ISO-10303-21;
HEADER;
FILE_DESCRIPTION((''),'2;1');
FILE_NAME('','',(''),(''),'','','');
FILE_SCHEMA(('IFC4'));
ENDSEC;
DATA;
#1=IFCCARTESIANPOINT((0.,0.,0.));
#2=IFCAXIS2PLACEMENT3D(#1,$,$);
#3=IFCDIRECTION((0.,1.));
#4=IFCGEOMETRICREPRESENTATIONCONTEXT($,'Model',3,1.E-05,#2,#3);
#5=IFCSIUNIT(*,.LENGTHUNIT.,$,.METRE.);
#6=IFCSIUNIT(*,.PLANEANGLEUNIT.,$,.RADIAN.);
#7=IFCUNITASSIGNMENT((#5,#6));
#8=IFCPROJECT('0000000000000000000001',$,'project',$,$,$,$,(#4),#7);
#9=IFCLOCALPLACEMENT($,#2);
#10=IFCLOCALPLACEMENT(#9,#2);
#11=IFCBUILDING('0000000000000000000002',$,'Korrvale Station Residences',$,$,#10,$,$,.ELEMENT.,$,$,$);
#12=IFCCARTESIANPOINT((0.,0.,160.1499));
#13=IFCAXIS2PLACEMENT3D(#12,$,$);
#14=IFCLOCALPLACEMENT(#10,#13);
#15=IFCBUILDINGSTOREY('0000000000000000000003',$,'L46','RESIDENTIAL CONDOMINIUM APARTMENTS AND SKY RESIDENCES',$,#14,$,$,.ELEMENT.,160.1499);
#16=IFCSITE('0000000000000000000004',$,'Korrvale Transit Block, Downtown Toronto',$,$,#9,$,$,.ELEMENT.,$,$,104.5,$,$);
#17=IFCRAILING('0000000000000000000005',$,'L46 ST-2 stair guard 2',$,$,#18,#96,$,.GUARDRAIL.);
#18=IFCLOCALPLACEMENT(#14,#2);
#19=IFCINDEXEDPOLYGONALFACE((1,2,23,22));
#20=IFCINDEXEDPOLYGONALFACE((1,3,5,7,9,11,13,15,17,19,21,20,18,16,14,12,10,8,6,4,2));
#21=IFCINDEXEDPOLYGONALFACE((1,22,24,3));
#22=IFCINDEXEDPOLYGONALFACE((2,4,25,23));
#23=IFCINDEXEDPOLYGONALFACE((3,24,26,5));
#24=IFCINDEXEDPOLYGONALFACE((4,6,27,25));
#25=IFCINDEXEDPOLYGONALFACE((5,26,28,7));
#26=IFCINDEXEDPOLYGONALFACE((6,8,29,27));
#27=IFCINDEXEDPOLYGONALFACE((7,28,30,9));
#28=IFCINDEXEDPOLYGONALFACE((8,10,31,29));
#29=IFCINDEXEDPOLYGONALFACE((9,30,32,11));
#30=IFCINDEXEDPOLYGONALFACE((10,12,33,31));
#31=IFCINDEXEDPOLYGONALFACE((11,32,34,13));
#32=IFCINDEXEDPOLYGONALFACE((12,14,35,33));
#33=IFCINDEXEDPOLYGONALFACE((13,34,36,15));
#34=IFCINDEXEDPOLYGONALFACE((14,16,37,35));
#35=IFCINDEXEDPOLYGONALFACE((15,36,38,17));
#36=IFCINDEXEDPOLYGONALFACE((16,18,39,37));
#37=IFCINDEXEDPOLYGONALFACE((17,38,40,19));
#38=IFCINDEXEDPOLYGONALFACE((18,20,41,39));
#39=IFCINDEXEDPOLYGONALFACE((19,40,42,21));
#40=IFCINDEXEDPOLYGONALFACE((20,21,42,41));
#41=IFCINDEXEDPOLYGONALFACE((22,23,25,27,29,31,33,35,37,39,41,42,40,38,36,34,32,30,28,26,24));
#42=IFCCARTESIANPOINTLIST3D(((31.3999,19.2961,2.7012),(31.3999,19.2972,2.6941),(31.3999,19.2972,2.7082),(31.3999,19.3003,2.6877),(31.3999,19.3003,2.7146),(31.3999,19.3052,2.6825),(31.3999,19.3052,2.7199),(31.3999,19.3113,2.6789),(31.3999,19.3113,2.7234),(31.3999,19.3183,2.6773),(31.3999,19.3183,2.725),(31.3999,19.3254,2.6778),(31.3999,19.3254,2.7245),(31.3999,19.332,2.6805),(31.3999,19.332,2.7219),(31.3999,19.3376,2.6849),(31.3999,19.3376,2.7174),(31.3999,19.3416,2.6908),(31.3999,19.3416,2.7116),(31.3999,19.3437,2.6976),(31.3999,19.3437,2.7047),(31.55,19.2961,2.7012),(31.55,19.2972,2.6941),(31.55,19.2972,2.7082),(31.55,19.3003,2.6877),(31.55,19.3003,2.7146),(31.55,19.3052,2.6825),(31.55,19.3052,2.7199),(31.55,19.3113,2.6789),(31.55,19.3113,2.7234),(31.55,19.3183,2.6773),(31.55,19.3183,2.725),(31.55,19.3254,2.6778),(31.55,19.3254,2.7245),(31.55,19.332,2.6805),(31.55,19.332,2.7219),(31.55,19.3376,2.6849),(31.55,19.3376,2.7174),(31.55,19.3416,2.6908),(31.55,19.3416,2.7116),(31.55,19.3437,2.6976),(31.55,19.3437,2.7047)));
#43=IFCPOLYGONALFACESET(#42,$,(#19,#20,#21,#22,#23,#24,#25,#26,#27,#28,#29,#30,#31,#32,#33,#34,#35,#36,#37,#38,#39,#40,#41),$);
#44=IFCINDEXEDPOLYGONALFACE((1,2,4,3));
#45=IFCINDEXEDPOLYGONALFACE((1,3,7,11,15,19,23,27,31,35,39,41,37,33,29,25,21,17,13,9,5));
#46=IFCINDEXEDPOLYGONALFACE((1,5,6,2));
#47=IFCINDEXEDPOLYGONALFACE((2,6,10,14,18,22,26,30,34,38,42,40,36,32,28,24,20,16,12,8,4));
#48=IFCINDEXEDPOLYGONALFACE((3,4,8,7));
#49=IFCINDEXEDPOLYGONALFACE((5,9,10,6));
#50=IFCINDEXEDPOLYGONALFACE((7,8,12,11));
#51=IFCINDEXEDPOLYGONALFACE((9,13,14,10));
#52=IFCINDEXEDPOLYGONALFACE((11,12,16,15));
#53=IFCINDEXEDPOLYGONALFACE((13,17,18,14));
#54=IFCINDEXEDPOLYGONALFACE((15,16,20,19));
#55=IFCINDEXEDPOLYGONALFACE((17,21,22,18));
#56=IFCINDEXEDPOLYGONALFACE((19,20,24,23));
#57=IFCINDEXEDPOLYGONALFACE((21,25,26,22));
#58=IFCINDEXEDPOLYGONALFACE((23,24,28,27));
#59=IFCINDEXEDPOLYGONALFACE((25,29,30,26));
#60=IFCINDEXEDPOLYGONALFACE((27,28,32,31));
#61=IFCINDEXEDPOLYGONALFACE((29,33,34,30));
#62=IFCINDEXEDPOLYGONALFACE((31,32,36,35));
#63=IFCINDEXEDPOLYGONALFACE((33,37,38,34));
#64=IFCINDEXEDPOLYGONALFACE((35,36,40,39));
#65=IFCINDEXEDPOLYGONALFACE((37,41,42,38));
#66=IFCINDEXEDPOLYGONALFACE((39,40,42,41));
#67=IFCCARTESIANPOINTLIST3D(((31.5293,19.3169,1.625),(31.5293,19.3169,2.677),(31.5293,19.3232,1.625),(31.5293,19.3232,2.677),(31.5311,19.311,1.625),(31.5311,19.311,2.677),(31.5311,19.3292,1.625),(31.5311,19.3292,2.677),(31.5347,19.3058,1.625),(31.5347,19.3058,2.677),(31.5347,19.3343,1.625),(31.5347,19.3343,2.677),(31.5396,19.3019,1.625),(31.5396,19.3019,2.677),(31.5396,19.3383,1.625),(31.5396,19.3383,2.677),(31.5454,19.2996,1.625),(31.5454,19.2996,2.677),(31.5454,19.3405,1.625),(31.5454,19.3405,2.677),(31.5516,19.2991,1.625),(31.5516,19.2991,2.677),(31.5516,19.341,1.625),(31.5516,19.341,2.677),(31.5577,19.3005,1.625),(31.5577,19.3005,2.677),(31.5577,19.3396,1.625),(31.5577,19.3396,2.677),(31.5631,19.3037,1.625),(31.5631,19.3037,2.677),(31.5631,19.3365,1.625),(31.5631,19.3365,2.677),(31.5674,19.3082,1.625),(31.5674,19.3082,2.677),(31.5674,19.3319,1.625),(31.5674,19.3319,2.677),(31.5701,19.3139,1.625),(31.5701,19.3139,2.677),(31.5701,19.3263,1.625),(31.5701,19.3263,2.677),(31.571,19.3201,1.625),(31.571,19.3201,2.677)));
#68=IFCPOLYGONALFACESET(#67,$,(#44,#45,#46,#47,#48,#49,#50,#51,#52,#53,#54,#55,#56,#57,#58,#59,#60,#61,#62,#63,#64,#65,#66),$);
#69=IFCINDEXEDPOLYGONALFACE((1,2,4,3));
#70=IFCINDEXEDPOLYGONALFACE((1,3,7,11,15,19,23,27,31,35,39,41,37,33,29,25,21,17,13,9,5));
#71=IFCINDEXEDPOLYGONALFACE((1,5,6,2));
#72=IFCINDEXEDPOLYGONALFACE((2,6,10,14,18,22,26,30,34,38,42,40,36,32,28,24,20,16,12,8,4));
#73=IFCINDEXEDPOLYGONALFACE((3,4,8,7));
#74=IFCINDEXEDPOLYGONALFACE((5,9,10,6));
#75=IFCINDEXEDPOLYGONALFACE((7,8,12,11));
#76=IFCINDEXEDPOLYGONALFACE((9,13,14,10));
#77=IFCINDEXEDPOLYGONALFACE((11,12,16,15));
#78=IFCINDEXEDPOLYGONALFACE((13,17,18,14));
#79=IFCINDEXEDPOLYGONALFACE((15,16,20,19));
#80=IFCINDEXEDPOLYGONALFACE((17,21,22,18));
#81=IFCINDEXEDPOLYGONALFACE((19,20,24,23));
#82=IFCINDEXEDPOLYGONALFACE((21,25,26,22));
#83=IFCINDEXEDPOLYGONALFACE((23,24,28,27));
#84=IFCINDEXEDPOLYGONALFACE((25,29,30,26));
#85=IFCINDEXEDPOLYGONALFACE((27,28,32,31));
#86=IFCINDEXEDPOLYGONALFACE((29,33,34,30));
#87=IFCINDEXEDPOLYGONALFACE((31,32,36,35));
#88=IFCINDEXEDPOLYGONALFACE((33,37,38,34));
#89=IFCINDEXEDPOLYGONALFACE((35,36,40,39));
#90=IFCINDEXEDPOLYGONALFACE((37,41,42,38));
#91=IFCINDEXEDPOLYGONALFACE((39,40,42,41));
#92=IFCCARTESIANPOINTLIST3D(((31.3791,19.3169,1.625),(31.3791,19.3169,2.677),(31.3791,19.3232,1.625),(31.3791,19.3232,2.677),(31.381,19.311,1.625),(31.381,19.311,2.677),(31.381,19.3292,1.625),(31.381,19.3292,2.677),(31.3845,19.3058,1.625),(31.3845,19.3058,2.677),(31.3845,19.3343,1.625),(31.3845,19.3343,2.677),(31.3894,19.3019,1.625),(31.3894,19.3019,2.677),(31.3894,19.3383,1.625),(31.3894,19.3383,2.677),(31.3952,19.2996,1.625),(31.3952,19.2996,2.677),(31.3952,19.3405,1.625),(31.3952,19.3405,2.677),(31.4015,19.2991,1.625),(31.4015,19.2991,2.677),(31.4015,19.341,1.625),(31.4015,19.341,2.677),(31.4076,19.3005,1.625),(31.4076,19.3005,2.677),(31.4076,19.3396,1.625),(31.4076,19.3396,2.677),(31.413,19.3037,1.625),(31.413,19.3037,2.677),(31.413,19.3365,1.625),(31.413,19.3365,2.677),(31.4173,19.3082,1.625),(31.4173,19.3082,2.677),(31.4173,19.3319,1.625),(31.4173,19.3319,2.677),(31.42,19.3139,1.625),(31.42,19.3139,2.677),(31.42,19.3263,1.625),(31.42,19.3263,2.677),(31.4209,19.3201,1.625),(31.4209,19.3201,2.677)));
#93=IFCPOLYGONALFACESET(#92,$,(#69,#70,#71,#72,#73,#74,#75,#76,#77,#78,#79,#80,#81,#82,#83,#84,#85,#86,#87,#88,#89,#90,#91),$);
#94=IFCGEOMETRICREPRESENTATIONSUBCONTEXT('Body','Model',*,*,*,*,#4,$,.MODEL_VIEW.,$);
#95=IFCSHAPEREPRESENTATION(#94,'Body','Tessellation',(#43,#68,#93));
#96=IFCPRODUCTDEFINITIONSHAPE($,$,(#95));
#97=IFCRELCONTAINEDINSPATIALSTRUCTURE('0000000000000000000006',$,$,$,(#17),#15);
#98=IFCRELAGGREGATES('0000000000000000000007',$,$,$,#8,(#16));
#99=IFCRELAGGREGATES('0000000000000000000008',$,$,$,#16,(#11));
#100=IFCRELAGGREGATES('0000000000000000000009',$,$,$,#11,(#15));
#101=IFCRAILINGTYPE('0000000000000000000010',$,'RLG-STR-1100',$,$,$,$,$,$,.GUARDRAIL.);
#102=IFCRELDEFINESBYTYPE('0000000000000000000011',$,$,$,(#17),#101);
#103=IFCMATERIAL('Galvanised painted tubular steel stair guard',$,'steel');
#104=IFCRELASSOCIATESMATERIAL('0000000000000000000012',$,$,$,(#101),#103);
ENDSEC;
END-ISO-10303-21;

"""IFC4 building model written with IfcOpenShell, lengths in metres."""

from ifc_helpers import new_model, si_unit, direction, frame, origin, origin_2d, place, context, subcontext, project, spatial, circle, extrude, material, type_object, element, save


model = new_model("IFC4")

# Units and contexts
model_context = context("Model", 3, precision=1e-05, world=origin(), true_north=direction((0.0, 1.0)))
body_context = subcontext(model_context, "Body", "Model", "MODEL_VIEW")
ifc_project = project(units=[si_unit("LENGTHUNIT", "METRE"), si_unit("PLANEANGLEUNIT", "RADIAN")], contexts=[model_context])

# Site, building, storey
site_placement = place(None, origin())
site = spatial("IfcSite", under=ifc_project, at=site_placement, Name="Korrvale Transit Block, Downtown Toronto", CompositionType="ELEMENT", RefElevation=104.5)
building_placement = place(site_placement, origin())
building = spatial("IfcBuilding", under=site, at=building_placement, Name="Korrvale Station Residences", CompositionType="ELEMENT")
storey_placement = place(building_placement, frame((0.0, 0.0, 160.1499)))
storey = spatial("IfcBuildingStorey", under=building, at=storey_placement, Name="L46", Description="RESIDENTIAL CONDOMINIUM APARTMENTS AND SKY RESIDENCES", CompositionType="ELEMENT", Elevation=160.1499)

# Railing
ifc_material_1 = material(Name="Galvanised painted tubular steel stair guard", Category="steel")
railing_type_1 = type_object("IfcRailingType", Name="RLG-STR-1100", PredefinedType="GUARDRAIL", material=ifc_material_1)
railing_1_placement = place(storey_placement, frame((31.55, 19.3201, 1.625)))
element("IfcRailing", 1, at=railing_1_placement, inside=storey, type_object=railing_type_1, Name="L46 ST-2 stair guard 2", PredefinedType="GUARDRAIL", context=body_context, shape_type="SweptSolid", body=[
    extrude(circle(Radius=0.0239, at=origin_2d()), frame((0.0, 0.0, 1.0762), z_axis=(-1.0, 0.0, 0.0), x_axis=(0.0, -1.0, 0.0)), (0.0, 0.0, 1.0), 0.1501),
    extrude(circle(Radius=0.021, at=origin_2d()), origin(), (0.0, 0.0, 1.0), 1.052),
    extrude(circle(Radius=0.021, at=origin_2d()), frame((-0.1501, 0.0, 0.0)), (0.0, 0.0, 1.0), 1.052),
])

save(model, "model.ifc")
